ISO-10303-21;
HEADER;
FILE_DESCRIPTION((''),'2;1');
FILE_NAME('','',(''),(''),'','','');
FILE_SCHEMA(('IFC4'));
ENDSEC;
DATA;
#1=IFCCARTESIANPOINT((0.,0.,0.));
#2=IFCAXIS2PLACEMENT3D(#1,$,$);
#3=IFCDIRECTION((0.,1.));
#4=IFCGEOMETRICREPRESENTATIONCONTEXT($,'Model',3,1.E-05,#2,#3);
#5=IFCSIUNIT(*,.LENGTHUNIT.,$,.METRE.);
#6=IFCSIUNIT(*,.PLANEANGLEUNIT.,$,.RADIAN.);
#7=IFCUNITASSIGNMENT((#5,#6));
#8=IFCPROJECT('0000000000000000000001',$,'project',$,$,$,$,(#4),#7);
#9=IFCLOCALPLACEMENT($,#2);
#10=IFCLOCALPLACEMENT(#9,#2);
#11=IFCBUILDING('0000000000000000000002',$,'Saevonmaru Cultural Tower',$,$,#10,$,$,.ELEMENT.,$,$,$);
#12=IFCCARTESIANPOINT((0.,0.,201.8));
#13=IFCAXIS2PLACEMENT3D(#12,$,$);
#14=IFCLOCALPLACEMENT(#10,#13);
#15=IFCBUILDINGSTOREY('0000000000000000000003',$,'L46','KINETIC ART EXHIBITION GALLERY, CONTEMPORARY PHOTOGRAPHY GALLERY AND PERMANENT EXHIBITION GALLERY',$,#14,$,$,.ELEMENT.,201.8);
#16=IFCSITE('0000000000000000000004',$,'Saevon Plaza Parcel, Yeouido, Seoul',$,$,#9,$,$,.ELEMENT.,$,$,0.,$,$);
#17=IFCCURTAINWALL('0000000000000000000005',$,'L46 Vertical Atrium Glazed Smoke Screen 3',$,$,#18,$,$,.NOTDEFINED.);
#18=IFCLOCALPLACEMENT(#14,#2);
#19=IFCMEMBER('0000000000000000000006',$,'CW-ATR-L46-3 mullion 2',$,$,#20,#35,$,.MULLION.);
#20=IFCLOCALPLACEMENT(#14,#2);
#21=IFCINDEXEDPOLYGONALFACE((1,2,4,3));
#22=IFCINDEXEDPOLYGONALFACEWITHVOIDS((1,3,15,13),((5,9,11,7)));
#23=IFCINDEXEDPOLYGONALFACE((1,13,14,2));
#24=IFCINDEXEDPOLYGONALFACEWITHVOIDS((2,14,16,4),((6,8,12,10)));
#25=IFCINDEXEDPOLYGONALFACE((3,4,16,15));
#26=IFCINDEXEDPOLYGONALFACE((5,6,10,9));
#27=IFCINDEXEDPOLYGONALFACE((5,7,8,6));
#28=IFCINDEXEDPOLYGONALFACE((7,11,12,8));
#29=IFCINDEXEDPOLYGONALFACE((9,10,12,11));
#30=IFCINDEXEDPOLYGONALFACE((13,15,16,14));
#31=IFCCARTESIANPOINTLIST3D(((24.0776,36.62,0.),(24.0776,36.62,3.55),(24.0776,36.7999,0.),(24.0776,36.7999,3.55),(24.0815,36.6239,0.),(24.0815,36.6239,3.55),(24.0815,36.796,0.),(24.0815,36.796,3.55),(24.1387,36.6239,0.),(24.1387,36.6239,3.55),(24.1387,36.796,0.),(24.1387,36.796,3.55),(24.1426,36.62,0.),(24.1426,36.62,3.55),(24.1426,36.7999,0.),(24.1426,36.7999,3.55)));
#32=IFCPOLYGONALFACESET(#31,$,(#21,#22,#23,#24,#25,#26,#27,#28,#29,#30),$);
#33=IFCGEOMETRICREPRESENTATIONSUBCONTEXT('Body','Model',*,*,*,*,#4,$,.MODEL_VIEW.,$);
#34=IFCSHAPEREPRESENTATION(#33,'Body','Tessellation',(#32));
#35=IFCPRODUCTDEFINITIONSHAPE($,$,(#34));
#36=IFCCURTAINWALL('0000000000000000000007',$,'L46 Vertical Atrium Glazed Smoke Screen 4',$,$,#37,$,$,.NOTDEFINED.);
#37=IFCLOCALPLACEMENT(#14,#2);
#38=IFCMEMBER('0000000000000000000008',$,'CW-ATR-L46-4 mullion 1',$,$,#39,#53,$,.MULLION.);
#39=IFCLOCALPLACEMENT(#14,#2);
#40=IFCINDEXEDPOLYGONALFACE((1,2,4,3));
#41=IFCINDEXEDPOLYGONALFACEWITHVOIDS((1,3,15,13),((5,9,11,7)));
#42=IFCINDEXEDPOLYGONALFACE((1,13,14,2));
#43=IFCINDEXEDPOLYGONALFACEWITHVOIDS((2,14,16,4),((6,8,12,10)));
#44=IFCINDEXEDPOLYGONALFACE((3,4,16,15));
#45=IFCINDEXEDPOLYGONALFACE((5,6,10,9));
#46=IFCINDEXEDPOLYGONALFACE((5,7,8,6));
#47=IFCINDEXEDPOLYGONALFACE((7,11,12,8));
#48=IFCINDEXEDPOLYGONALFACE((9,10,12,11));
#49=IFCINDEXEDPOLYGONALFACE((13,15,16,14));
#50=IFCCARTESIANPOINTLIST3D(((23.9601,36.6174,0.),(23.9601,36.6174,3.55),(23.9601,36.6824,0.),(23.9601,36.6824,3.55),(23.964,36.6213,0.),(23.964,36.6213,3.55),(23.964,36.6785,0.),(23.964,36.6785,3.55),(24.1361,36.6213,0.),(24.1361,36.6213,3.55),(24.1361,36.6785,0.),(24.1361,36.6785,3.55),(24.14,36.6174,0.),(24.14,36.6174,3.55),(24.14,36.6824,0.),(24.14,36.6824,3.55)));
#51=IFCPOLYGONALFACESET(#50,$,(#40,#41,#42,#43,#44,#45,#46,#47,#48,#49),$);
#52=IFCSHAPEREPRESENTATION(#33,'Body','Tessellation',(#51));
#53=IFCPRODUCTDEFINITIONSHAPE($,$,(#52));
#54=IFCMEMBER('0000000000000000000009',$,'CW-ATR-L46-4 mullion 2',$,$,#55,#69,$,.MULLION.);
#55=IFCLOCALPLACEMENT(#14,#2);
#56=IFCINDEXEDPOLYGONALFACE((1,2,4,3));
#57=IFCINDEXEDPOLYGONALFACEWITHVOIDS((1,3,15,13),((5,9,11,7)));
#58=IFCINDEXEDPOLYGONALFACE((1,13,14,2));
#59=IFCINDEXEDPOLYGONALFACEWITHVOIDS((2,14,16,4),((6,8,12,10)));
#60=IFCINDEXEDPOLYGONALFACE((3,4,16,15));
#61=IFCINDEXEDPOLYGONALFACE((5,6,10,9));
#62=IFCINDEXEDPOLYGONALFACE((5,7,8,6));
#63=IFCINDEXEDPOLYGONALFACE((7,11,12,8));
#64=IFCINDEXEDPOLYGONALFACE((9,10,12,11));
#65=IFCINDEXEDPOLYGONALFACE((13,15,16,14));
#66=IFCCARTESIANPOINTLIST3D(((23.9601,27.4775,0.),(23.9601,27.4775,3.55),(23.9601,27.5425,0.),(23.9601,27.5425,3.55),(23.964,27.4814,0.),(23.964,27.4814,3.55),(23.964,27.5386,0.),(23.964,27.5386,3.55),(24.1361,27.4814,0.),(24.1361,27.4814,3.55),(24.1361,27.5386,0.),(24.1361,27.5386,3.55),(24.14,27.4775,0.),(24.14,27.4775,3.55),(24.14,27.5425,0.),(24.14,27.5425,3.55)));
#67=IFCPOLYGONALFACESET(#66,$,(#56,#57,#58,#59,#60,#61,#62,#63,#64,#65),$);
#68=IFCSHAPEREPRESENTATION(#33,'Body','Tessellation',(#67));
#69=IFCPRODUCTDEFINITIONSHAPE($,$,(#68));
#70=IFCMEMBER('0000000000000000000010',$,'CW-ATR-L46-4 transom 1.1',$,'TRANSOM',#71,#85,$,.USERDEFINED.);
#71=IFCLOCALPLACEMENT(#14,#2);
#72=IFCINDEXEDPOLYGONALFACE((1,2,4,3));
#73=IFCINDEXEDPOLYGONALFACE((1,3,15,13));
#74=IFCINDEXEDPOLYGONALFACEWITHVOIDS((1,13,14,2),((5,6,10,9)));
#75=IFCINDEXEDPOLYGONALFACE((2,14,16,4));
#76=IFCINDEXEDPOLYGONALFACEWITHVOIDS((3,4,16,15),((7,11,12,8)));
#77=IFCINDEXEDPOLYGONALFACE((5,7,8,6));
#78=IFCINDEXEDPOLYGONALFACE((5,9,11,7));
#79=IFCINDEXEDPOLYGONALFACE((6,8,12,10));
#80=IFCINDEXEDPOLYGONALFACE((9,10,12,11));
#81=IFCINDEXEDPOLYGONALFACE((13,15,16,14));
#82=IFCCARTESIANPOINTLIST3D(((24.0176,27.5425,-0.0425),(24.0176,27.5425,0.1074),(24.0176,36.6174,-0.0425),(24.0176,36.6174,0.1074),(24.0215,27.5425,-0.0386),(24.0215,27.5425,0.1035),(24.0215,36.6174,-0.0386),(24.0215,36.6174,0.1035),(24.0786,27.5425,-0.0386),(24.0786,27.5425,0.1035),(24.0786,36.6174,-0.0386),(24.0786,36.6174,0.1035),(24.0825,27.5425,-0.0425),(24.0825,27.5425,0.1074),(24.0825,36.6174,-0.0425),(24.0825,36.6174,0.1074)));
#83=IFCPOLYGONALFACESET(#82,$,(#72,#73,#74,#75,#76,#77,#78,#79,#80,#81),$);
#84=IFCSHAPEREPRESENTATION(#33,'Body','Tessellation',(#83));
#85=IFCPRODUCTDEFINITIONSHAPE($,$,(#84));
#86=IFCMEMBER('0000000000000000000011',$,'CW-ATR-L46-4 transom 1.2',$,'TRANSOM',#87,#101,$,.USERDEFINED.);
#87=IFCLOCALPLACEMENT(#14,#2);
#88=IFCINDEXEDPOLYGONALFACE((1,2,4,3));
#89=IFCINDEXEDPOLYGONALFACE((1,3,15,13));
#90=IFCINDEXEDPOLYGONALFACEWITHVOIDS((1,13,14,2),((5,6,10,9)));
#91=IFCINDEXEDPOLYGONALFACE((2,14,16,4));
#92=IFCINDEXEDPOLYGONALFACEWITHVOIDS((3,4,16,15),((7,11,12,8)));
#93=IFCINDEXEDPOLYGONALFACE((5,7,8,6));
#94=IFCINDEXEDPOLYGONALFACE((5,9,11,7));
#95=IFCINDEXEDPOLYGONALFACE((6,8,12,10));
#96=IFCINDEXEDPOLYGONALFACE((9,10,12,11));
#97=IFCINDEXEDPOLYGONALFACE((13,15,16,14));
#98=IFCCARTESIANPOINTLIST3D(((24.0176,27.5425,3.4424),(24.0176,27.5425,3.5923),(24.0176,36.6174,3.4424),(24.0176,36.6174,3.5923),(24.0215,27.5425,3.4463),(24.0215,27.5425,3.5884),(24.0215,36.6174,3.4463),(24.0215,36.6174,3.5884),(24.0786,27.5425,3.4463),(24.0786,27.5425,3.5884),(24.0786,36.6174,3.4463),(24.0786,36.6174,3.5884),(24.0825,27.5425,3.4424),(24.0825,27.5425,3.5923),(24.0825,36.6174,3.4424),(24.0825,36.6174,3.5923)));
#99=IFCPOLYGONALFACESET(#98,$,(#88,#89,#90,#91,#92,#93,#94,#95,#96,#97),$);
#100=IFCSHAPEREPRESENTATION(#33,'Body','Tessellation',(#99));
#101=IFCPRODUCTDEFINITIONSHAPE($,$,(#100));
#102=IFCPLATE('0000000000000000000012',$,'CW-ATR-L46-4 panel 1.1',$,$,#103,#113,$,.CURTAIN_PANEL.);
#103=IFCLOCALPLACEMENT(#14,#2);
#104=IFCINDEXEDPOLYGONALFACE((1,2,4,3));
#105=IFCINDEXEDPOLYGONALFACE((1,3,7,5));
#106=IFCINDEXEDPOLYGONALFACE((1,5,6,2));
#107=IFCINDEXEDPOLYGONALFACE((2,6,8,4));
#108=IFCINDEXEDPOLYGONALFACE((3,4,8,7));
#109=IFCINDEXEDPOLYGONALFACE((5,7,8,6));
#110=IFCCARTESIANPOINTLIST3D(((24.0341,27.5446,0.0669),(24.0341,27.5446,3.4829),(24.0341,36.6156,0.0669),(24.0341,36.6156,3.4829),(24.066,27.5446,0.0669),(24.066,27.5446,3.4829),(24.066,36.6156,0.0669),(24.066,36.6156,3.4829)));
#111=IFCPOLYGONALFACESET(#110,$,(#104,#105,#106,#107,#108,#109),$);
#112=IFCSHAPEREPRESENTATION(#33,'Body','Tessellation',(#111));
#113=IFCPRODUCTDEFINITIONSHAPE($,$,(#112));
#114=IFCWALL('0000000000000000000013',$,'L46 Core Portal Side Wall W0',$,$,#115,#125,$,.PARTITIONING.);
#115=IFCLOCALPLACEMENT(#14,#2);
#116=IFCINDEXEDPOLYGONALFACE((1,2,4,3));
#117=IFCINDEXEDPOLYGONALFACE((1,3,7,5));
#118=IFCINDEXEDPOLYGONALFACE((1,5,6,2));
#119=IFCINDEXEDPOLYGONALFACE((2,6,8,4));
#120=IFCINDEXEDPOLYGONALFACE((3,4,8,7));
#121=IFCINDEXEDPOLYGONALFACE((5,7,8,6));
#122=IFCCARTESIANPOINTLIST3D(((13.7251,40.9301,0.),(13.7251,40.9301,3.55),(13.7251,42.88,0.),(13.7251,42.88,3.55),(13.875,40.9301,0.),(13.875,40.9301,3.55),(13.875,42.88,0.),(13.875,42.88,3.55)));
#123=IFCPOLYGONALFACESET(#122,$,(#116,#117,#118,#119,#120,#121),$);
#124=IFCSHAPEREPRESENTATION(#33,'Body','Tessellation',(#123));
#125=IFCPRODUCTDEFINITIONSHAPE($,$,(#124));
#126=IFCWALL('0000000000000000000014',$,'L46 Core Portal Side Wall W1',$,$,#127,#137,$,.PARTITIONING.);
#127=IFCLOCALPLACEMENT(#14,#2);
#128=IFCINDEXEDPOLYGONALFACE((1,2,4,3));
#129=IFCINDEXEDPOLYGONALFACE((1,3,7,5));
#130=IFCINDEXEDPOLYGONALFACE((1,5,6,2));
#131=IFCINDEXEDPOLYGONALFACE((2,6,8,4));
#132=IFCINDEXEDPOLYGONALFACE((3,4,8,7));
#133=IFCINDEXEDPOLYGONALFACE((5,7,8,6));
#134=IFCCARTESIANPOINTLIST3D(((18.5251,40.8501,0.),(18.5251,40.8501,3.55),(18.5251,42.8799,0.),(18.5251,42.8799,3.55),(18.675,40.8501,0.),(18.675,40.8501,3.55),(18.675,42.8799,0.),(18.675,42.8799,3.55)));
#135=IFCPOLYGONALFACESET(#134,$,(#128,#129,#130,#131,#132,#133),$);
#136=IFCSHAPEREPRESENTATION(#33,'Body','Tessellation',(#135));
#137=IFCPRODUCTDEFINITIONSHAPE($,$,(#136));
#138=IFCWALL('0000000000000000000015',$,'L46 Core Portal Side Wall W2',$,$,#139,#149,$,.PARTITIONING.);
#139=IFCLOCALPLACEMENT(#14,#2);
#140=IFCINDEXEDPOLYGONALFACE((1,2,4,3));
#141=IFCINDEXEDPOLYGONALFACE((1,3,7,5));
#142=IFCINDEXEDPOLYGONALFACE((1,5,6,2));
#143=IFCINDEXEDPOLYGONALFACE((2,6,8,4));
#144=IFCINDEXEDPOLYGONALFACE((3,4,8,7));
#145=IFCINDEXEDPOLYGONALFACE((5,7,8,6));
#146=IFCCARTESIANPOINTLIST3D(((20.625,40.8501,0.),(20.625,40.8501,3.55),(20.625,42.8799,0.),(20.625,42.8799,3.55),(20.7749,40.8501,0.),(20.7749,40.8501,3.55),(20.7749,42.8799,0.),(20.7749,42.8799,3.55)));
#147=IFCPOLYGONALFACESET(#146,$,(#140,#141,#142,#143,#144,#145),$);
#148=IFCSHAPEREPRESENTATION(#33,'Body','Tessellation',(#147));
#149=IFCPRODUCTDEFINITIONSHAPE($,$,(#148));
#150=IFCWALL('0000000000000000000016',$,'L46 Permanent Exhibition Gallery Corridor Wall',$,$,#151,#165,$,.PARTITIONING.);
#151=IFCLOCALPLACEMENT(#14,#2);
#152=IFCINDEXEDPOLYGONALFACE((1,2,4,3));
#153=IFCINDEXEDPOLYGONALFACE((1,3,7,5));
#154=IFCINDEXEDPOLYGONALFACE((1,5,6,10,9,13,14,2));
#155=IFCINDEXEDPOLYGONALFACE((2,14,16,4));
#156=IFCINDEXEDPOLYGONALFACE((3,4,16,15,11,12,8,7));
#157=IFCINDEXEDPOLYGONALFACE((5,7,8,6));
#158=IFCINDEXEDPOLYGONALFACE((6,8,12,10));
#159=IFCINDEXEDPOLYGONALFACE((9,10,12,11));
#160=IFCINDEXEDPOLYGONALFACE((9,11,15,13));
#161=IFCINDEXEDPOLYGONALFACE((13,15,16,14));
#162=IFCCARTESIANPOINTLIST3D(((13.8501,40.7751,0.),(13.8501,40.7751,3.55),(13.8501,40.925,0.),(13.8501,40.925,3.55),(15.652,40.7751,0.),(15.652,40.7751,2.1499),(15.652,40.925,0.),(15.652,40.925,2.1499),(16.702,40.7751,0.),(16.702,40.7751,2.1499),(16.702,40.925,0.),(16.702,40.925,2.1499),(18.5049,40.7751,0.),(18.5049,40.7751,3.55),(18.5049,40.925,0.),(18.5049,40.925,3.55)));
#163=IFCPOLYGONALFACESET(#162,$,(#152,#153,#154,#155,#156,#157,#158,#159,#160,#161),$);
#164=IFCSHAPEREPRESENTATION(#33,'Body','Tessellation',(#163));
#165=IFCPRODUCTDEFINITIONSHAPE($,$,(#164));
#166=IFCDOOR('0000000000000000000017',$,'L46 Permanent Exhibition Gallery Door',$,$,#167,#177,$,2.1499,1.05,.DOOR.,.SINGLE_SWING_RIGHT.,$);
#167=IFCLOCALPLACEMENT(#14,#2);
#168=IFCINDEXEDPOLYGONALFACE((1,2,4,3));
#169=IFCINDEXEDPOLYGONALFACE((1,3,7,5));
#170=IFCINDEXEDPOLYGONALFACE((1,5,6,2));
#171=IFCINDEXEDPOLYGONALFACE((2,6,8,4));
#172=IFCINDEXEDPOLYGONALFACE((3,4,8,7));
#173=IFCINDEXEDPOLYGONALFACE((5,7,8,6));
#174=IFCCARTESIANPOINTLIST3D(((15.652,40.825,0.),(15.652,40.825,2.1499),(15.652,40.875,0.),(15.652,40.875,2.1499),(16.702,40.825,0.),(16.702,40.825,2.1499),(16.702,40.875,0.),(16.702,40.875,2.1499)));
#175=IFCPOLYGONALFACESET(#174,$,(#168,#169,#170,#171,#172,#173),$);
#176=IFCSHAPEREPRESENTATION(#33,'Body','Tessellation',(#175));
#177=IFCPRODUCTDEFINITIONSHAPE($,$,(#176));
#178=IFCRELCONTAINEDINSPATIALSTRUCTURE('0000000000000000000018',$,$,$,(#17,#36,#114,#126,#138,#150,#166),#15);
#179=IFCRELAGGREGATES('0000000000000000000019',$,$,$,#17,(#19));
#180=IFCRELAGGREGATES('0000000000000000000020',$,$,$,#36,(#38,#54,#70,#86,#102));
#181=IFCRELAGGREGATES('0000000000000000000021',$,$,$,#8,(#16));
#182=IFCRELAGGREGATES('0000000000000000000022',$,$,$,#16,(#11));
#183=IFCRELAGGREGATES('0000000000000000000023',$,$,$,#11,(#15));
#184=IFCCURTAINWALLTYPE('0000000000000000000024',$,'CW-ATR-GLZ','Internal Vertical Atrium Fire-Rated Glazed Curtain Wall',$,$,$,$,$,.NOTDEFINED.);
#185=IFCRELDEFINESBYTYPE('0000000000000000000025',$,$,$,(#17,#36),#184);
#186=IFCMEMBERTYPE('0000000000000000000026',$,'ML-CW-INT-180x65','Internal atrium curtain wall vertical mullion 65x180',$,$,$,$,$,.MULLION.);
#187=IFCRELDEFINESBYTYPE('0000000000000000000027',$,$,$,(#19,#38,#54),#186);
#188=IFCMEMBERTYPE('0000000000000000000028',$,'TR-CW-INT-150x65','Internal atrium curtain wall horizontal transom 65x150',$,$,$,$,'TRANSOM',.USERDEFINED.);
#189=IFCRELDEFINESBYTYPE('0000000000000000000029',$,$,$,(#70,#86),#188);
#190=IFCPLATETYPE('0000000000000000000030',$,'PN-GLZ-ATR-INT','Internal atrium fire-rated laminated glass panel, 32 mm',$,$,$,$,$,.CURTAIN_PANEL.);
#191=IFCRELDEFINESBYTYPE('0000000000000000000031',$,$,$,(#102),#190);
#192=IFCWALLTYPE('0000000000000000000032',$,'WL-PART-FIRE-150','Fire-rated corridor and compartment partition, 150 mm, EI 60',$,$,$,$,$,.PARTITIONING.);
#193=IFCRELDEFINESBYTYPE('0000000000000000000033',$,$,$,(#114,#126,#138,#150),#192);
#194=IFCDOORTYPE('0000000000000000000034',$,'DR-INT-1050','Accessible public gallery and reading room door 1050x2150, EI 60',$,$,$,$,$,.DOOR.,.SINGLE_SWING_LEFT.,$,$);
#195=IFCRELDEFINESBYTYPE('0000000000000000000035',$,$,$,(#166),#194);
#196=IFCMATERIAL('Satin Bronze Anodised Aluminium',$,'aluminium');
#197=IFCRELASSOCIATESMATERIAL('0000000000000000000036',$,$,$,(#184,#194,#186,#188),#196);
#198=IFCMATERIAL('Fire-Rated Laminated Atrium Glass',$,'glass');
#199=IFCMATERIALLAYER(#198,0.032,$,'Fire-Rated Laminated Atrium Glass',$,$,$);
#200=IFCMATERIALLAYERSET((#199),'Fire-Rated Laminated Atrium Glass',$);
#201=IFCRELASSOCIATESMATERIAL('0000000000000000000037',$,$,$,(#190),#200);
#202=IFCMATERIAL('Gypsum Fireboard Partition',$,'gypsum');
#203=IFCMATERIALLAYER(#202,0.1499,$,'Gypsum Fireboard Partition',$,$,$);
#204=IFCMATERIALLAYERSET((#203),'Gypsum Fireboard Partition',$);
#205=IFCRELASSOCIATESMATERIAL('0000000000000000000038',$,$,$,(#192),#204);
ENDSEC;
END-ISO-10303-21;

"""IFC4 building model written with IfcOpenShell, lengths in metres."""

from ifc_helpers import new_model, si_unit, direction, frame, frame_2d, origin, origin_2d, place, context, subcontext, project, spatial, rectangle, hollow_rectangle, extrude, material, layer, layer_set, material_profile, profile_set, type_object, element, fill, aggregate, save


model = new_model("IFC4")

# Units and contexts
model_context = context("Model", 3, precision=1e-05, world=origin(), true_north=direction((0.0, 1.0)))
body_context = subcontext(model_context, "Body", "Model", "MODEL_VIEW")
ifc_project = project(units=[si_unit("LENGTHUNIT", "METRE"), si_unit("PLANEANGLEUNIT", "RADIAN")], contexts=[model_context])

# Site, building, storey
site_placement = place(None, origin())
site = spatial("IfcSite", under=ifc_project, at=site_placement, Name="Saevon Plaza Parcel, Yeouido, Seoul", CompositionType="ELEMENT", RefElevation=0.0)
building_placement = place(site_placement, origin())
building = spatial("IfcBuilding", under=site, at=building_placement, Name="Saevonmaru Cultural Tower", CompositionType="ELEMENT")
storey_placement = place(building_placement, frame((0.0, 0.0, 201.8)))
storey = spatial("IfcBuildingStorey", under=building, at=storey_placement, Name="L46", Description="KINETIC ART EXHIBITION GALLERY, CONTEMPORARY PHOTOGRAPHY GALLERY AND PERMANENT EXHIBITION GALLERY", CompositionType="ELEMENT", Elevation=201.8)

# Curtain wall, member
ifc_material_1 = material(Name="Satin Bronze Anodised Aluminium", Category="aluminium")
curtain_wall_type = type_object("IfcCurtainWallType", Name="CW-ATR-GLZ", Description="Internal Vertical Atrium Fire-Rated Glazed Curtain Wall", PredefinedType="NOTDEFINED", material=ifc_material_1)
ifc_material_profile_1 = material_profile(ifc_material_1, hollow_rectangle(XDim=0.0649, YDim=0.1799, WallThickness=0.0039, at=origin_2d()), Name="ALU-MULL-180x65x4")
ifc_profile_set_1 = profile_set([ifc_material_profile_1], Name="Satin Bronze Anodised Aluminium")
member_type_1 = type_object("IfcMemberType", Name="ML-CW-INT-180x65", Description="Internal atrium curtain wall vertical mullion 65x180", PredefinedType="MULLION", material=ifc_profile_set_1)
curtain_wall_1_placement = place(storey_placement, origin())
curtain_wall_1 = element("IfcCurtainWall", 1, at=curtain_wall_1_placement, inside=storey, type_object=curtain_wall_type, Name="L46 Vertical Atrium Glazed Smoke Screen 3", PredefinedType="NOTDEFINED")
member_1_placement = place(storey_placement, frame((24.1101, 36.71, 0.0), z_axis=(0.0, 0.0, 1.0), x_axis=(-1.0, 0.0, 0.0)))
member_1 = element("IfcMember", 2, at=member_1_placement, type_object=member_type_1, Name="CW-ATR-L46-3 mullion 2", PredefinedType="MULLION", context=body_context, shape_type="SweptSolid", body=[
    extrude(hollow_rectangle(XDim=0.0649, YDim=0.1799, WallThickness=0.0039, at=origin_2d()), origin(), (0.0, 0.0, 1.0), 3.55),
])
aggregate(curtain_wall_1, [member_1])

# Curtain wall, members, plate
curtain_wall_2_placement = place(storey_placement, origin())
curtain_wall_2 = element("IfcCurtainWall", 3, at=curtain_wall_2_placement, inside=storey, type_object=curtain_wall_type, Name="L46 Vertical Atrium Glazed Smoke Screen 4", PredefinedType="NOTDEFINED")
member_2_placement = place(storey_placement, frame((24.05, 36.6499, 0.0), z_axis=(0.0, 0.0, 1.0), x_axis=(0.0, -1.0, 0.0)))
member_2 = element("IfcMember", 4, at=member_2_placement, type_object=member_type_1, Name="CW-ATR-L46-4 mullion 1", PredefinedType="MULLION", context=body_context, shape_type="SweptSolid", body=[
    extrude(hollow_rectangle(XDim=0.0649, YDim=0.1799, WallThickness=0.0039, at=origin_2d()), origin(), (0.0, 0.0, 1.0), 3.55),
])
member_3_placement = place(storey_placement, frame((24.05, 27.51, 0.0), z_axis=(0.0, 0.0, 1.0), x_axis=(0.0, -1.0, 0.0)))
member_3 = element("IfcMember", 5, at=member_3_placement, type_object=member_type_1, Name="CW-ATR-L46-4 mullion 2", PredefinedType="MULLION", context=body_context, shape_type="SweptSolid", body=[
    extrude(hollow_rectangle(XDim=0.0649, YDim=0.1799, WallThickness=0.0039, at=origin_2d()), origin(), (0.0, 0.0, 1.0), 3.55),
])
ifc_material_profile_2 = material_profile(ifc_material_1, hollow_rectangle(XDim=0.0649, YDim=0.1499, WallThickness=0.0039, at=origin_2d()), Name="ALU-TRAN-150x65x4")
ifc_profile_set_2 = profile_set([ifc_material_profile_2], Name="Satin Bronze Anodised Aluminium")
member_type_2 = type_object("IfcMemberType", Name="TR-CW-INT-150x65", Description="Internal atrium curtain wall horizontal transom 65x150", ElementType="TRANSOM", PredefinedType="USERDEFINED", material=ifc_profile_set_2)
member_4_placement = place(storey_placement, frame((24.05, 36.6174, 0.0325), z_axis=(0.0, -1.0, 0.0), x_axis=(1.0, 0.0, 0.0)))
member_4 = element("IfcMember", 6, at=member_4_placement, type_object=member_type_2, Name="CW-ATR-L46-4 transom 1.1", ObjectType="TRANSOM", PredefinedType="USERDEFINED", context=body_context, shape_type="SweptSolid", body=[
    extrude(hollow_rectangle(XDim=0.0649, YDim=0.1499, WallThickness=0.0039, at=origin_2d()), origin(), (0.0, 0.0, 1.0), 9.075),
])
member_5_placement = place(storey_placement, frame((24.05, 36.6174, 3.5173), z_axis=(0.0, -1.0, 0.0), x_axis=(1.0, 0.0, 0.0)))
member_5 = element("IfcMember", 7, at=member_5_placement, type_object=member_type_2, Name="CW-ATR-L46-4 transom 1.2", ObjectType="TRANSOM", PredefinedType="USERDEFINED", context=body_context, shape_type="SweptSolid", body=[
    extrude(hollow_rectangle(XDim=0.0649, YDim=0.1499, WallThickness=0.0039, at=origin_2d()), origin(), (0.0, 0.0, 1.0), 9.075),
])
ifc_material_2 = material(Name="Fire-Rated Laminated Atrium Glass", Category="glass")
ifc_layer_1 = layer(ifc_material_2, 0.032, Name="Fire-Rated Laminated Atrium Glass")
ifc_layer_set_1 = layer_set([ifc_layer_1], Name="Fire-Rated Laminated Atrium Glass")
plate_type = type_object("IfcPlateType", Name="PN-GLZ-ATR-INT", Description="Internal atrium fire-rated laminated glass panel, 32 mm", PredefinedType="CURTAIN_PANEL", material=ifc_layer_set_1)
plate_placement = place(storey_placement, frame((24.05, 32.0801, 0.0669), z_axis=(0.0, 0.0, 1.0), x_axis=(0.0, -1.0, 0.0)))
plate = element("IfcPlate", 8, at=plate_placement, type_object=plate_type, Name="CW-ATR-L46-4 panel 1.1", PredefinedType="CURTAIN_PANEL", context=body_context, shape_type="SweptSolid", body=[
    extrude(rectangle(XDim=9.071, YDim=0.032, at=origin_2d()), origin(), (0.0, 0.0, 1.0), 3.416),
])
aggregate(curtain_wall_2, [member_2, member_3, member_4, member_5, plate])

# Shared definitions
ifc_material_3 = material(Name="Gypsum Fireboard Partition", Category="gypsum")
ifc_layer_2 = layer(ifc_material_3, 0.1499, Name="Gypsum Fireboard Partition")
ifc_layer_set_2 = layer_set([ifc_layer_2], Name="Gypsum Fireboard Partition")
wall_type = type_object("IfcWallType", Name="WL-PART-FIRE-150", Description="Fire-rated corridor and compartment partition, 150 mm, EI 60", PredefinedType="PARTITIONING", material=ifc_layer_set_2)
door_type = type_object("IfcDoorType", Name="DR-INT-1050", Description="Accessible public gallery and reading room door 1050x2150, EI 60", OperationType="SINGLE_SWING_LEFT", PredefinedType="DOOR", material=ifc_material_1)

# Walls
wall_1_placement = place(storey_placement, frame((13.8, 40.9299, 0.0), z_axis=(0.0, 0.0, 1.0), x_axis=(0.0, 1.0, 0.0)))
element("IfcWall", 9, at=wall_1_placement, inside=storey, type_object=wall_type, Name="L46 Core Portal Side Wall W0", PredefinedType="PARTITIONING", context=body_context, shape_type="SweptSolid", body=[
    extrude(rectangle(XDim=1.95, YDim=0.1499, at=frame_2d((0.9751, 0.0))), origin(), (0.0, 0.0, 1.0), 3.55),
])
for number, where, z_axis, x_axis, name in (
    (10, (18.6001, 40.8501, 0.0), (0.0, 0.0, 1.0), (0.0, 1.0, 0.0), "L46 Core Portal Side Wall W1"),
    (11, (20.7, 40.8501, 0.0), (0.0, 0.0, 1.0), (0.0, 1.0, 0.0), "L46 Core Portal Side Wall W2"),
):
    element("IfcWall", number, at=place(storey_placement, frame(where, z_axis=z_axis, x_axis=x_axis)), inside=storey, type_object=wall_type, Name=name, PredefinedType="PARTITIONING", context=body_context, shape_type="SweptSolid", body=[
        extrude(rectangle(XDim=2.0298, YDim=0.1499, at=frame_2d((1.0149, 0.0))), origin(), (0.0, 0.0, 1.0), 3.55),
    ])

# Wall, opening, door
wall_2_placement = place(storey_placement, frame((13.8501, 40.8501, 0.0), z_axis=(0.0, 0.0, 1.0), x_axis=(1.0, 0.0, 0.0)))
wall_2 = element("IfcWall", 12, at=wall_2_placement, inside=storey, type_object=wall_type, Name="L46 Permanent Exhibition Gallery Corridor Wall", PredefinedType="PARTITIONING", context=body_context, shape_type="SweptSolid", body=[
    extrude(rectangle(XDim=4.6548, YDim=0.1499, at=frame_2d((2.3274, 0.0))), origin(), (0.0, 0.0, 1.0), 3.55),
])
opening_1_placement = place(wall_2_placement, frame((1.802, 0.0, 0.0)))
opening_1 = element("IfcOpeningElement", 13, at=opening_1_placement, cuts=wall_2, PredefinedType="OPENING", context=body_context, shape_type="SweptSolid", body=[
    extrude(rectangle(XDim=1.05, YDim=2.1499, at=frame_2d((0.5249, 1.075))), frame((0.0, 0.085, 0.0), z_axis=(0.0, -1.0, 0.0), x_axis=(1.0, 0.0, 0.0)), (0.0, 0.0, 1.0), 0.1699),
])
door_1_placement = place(opening_1_placement, origin())
door_1 = element("IfcDoor", 14, at=door_1_placement, inside=storey, type_object=door_type, Name="L46 Permanent Exhibition Gallery Door", OperationType="SINGLE_SWING_RIGHT", OverallHeight=2.1499, OverallWidth=1.05, PredefinedType="DOOR", context=body_context, shape_type="SweptSolid", body=[
    extrude(rectangle(XDim=1.05, YDim=2.1499, at=frame_2d((0.5249, 1.075))), frame((0.0, 0.0249, 0.0), z_axis=(0.0, -1.0, 0.0), x_axis=(1.0, 0.0, 0.0)), (0.0, 0.0, 1.0), 0.05),
])
fill(opening_1, door_1)

save(model, "model.ifc")
